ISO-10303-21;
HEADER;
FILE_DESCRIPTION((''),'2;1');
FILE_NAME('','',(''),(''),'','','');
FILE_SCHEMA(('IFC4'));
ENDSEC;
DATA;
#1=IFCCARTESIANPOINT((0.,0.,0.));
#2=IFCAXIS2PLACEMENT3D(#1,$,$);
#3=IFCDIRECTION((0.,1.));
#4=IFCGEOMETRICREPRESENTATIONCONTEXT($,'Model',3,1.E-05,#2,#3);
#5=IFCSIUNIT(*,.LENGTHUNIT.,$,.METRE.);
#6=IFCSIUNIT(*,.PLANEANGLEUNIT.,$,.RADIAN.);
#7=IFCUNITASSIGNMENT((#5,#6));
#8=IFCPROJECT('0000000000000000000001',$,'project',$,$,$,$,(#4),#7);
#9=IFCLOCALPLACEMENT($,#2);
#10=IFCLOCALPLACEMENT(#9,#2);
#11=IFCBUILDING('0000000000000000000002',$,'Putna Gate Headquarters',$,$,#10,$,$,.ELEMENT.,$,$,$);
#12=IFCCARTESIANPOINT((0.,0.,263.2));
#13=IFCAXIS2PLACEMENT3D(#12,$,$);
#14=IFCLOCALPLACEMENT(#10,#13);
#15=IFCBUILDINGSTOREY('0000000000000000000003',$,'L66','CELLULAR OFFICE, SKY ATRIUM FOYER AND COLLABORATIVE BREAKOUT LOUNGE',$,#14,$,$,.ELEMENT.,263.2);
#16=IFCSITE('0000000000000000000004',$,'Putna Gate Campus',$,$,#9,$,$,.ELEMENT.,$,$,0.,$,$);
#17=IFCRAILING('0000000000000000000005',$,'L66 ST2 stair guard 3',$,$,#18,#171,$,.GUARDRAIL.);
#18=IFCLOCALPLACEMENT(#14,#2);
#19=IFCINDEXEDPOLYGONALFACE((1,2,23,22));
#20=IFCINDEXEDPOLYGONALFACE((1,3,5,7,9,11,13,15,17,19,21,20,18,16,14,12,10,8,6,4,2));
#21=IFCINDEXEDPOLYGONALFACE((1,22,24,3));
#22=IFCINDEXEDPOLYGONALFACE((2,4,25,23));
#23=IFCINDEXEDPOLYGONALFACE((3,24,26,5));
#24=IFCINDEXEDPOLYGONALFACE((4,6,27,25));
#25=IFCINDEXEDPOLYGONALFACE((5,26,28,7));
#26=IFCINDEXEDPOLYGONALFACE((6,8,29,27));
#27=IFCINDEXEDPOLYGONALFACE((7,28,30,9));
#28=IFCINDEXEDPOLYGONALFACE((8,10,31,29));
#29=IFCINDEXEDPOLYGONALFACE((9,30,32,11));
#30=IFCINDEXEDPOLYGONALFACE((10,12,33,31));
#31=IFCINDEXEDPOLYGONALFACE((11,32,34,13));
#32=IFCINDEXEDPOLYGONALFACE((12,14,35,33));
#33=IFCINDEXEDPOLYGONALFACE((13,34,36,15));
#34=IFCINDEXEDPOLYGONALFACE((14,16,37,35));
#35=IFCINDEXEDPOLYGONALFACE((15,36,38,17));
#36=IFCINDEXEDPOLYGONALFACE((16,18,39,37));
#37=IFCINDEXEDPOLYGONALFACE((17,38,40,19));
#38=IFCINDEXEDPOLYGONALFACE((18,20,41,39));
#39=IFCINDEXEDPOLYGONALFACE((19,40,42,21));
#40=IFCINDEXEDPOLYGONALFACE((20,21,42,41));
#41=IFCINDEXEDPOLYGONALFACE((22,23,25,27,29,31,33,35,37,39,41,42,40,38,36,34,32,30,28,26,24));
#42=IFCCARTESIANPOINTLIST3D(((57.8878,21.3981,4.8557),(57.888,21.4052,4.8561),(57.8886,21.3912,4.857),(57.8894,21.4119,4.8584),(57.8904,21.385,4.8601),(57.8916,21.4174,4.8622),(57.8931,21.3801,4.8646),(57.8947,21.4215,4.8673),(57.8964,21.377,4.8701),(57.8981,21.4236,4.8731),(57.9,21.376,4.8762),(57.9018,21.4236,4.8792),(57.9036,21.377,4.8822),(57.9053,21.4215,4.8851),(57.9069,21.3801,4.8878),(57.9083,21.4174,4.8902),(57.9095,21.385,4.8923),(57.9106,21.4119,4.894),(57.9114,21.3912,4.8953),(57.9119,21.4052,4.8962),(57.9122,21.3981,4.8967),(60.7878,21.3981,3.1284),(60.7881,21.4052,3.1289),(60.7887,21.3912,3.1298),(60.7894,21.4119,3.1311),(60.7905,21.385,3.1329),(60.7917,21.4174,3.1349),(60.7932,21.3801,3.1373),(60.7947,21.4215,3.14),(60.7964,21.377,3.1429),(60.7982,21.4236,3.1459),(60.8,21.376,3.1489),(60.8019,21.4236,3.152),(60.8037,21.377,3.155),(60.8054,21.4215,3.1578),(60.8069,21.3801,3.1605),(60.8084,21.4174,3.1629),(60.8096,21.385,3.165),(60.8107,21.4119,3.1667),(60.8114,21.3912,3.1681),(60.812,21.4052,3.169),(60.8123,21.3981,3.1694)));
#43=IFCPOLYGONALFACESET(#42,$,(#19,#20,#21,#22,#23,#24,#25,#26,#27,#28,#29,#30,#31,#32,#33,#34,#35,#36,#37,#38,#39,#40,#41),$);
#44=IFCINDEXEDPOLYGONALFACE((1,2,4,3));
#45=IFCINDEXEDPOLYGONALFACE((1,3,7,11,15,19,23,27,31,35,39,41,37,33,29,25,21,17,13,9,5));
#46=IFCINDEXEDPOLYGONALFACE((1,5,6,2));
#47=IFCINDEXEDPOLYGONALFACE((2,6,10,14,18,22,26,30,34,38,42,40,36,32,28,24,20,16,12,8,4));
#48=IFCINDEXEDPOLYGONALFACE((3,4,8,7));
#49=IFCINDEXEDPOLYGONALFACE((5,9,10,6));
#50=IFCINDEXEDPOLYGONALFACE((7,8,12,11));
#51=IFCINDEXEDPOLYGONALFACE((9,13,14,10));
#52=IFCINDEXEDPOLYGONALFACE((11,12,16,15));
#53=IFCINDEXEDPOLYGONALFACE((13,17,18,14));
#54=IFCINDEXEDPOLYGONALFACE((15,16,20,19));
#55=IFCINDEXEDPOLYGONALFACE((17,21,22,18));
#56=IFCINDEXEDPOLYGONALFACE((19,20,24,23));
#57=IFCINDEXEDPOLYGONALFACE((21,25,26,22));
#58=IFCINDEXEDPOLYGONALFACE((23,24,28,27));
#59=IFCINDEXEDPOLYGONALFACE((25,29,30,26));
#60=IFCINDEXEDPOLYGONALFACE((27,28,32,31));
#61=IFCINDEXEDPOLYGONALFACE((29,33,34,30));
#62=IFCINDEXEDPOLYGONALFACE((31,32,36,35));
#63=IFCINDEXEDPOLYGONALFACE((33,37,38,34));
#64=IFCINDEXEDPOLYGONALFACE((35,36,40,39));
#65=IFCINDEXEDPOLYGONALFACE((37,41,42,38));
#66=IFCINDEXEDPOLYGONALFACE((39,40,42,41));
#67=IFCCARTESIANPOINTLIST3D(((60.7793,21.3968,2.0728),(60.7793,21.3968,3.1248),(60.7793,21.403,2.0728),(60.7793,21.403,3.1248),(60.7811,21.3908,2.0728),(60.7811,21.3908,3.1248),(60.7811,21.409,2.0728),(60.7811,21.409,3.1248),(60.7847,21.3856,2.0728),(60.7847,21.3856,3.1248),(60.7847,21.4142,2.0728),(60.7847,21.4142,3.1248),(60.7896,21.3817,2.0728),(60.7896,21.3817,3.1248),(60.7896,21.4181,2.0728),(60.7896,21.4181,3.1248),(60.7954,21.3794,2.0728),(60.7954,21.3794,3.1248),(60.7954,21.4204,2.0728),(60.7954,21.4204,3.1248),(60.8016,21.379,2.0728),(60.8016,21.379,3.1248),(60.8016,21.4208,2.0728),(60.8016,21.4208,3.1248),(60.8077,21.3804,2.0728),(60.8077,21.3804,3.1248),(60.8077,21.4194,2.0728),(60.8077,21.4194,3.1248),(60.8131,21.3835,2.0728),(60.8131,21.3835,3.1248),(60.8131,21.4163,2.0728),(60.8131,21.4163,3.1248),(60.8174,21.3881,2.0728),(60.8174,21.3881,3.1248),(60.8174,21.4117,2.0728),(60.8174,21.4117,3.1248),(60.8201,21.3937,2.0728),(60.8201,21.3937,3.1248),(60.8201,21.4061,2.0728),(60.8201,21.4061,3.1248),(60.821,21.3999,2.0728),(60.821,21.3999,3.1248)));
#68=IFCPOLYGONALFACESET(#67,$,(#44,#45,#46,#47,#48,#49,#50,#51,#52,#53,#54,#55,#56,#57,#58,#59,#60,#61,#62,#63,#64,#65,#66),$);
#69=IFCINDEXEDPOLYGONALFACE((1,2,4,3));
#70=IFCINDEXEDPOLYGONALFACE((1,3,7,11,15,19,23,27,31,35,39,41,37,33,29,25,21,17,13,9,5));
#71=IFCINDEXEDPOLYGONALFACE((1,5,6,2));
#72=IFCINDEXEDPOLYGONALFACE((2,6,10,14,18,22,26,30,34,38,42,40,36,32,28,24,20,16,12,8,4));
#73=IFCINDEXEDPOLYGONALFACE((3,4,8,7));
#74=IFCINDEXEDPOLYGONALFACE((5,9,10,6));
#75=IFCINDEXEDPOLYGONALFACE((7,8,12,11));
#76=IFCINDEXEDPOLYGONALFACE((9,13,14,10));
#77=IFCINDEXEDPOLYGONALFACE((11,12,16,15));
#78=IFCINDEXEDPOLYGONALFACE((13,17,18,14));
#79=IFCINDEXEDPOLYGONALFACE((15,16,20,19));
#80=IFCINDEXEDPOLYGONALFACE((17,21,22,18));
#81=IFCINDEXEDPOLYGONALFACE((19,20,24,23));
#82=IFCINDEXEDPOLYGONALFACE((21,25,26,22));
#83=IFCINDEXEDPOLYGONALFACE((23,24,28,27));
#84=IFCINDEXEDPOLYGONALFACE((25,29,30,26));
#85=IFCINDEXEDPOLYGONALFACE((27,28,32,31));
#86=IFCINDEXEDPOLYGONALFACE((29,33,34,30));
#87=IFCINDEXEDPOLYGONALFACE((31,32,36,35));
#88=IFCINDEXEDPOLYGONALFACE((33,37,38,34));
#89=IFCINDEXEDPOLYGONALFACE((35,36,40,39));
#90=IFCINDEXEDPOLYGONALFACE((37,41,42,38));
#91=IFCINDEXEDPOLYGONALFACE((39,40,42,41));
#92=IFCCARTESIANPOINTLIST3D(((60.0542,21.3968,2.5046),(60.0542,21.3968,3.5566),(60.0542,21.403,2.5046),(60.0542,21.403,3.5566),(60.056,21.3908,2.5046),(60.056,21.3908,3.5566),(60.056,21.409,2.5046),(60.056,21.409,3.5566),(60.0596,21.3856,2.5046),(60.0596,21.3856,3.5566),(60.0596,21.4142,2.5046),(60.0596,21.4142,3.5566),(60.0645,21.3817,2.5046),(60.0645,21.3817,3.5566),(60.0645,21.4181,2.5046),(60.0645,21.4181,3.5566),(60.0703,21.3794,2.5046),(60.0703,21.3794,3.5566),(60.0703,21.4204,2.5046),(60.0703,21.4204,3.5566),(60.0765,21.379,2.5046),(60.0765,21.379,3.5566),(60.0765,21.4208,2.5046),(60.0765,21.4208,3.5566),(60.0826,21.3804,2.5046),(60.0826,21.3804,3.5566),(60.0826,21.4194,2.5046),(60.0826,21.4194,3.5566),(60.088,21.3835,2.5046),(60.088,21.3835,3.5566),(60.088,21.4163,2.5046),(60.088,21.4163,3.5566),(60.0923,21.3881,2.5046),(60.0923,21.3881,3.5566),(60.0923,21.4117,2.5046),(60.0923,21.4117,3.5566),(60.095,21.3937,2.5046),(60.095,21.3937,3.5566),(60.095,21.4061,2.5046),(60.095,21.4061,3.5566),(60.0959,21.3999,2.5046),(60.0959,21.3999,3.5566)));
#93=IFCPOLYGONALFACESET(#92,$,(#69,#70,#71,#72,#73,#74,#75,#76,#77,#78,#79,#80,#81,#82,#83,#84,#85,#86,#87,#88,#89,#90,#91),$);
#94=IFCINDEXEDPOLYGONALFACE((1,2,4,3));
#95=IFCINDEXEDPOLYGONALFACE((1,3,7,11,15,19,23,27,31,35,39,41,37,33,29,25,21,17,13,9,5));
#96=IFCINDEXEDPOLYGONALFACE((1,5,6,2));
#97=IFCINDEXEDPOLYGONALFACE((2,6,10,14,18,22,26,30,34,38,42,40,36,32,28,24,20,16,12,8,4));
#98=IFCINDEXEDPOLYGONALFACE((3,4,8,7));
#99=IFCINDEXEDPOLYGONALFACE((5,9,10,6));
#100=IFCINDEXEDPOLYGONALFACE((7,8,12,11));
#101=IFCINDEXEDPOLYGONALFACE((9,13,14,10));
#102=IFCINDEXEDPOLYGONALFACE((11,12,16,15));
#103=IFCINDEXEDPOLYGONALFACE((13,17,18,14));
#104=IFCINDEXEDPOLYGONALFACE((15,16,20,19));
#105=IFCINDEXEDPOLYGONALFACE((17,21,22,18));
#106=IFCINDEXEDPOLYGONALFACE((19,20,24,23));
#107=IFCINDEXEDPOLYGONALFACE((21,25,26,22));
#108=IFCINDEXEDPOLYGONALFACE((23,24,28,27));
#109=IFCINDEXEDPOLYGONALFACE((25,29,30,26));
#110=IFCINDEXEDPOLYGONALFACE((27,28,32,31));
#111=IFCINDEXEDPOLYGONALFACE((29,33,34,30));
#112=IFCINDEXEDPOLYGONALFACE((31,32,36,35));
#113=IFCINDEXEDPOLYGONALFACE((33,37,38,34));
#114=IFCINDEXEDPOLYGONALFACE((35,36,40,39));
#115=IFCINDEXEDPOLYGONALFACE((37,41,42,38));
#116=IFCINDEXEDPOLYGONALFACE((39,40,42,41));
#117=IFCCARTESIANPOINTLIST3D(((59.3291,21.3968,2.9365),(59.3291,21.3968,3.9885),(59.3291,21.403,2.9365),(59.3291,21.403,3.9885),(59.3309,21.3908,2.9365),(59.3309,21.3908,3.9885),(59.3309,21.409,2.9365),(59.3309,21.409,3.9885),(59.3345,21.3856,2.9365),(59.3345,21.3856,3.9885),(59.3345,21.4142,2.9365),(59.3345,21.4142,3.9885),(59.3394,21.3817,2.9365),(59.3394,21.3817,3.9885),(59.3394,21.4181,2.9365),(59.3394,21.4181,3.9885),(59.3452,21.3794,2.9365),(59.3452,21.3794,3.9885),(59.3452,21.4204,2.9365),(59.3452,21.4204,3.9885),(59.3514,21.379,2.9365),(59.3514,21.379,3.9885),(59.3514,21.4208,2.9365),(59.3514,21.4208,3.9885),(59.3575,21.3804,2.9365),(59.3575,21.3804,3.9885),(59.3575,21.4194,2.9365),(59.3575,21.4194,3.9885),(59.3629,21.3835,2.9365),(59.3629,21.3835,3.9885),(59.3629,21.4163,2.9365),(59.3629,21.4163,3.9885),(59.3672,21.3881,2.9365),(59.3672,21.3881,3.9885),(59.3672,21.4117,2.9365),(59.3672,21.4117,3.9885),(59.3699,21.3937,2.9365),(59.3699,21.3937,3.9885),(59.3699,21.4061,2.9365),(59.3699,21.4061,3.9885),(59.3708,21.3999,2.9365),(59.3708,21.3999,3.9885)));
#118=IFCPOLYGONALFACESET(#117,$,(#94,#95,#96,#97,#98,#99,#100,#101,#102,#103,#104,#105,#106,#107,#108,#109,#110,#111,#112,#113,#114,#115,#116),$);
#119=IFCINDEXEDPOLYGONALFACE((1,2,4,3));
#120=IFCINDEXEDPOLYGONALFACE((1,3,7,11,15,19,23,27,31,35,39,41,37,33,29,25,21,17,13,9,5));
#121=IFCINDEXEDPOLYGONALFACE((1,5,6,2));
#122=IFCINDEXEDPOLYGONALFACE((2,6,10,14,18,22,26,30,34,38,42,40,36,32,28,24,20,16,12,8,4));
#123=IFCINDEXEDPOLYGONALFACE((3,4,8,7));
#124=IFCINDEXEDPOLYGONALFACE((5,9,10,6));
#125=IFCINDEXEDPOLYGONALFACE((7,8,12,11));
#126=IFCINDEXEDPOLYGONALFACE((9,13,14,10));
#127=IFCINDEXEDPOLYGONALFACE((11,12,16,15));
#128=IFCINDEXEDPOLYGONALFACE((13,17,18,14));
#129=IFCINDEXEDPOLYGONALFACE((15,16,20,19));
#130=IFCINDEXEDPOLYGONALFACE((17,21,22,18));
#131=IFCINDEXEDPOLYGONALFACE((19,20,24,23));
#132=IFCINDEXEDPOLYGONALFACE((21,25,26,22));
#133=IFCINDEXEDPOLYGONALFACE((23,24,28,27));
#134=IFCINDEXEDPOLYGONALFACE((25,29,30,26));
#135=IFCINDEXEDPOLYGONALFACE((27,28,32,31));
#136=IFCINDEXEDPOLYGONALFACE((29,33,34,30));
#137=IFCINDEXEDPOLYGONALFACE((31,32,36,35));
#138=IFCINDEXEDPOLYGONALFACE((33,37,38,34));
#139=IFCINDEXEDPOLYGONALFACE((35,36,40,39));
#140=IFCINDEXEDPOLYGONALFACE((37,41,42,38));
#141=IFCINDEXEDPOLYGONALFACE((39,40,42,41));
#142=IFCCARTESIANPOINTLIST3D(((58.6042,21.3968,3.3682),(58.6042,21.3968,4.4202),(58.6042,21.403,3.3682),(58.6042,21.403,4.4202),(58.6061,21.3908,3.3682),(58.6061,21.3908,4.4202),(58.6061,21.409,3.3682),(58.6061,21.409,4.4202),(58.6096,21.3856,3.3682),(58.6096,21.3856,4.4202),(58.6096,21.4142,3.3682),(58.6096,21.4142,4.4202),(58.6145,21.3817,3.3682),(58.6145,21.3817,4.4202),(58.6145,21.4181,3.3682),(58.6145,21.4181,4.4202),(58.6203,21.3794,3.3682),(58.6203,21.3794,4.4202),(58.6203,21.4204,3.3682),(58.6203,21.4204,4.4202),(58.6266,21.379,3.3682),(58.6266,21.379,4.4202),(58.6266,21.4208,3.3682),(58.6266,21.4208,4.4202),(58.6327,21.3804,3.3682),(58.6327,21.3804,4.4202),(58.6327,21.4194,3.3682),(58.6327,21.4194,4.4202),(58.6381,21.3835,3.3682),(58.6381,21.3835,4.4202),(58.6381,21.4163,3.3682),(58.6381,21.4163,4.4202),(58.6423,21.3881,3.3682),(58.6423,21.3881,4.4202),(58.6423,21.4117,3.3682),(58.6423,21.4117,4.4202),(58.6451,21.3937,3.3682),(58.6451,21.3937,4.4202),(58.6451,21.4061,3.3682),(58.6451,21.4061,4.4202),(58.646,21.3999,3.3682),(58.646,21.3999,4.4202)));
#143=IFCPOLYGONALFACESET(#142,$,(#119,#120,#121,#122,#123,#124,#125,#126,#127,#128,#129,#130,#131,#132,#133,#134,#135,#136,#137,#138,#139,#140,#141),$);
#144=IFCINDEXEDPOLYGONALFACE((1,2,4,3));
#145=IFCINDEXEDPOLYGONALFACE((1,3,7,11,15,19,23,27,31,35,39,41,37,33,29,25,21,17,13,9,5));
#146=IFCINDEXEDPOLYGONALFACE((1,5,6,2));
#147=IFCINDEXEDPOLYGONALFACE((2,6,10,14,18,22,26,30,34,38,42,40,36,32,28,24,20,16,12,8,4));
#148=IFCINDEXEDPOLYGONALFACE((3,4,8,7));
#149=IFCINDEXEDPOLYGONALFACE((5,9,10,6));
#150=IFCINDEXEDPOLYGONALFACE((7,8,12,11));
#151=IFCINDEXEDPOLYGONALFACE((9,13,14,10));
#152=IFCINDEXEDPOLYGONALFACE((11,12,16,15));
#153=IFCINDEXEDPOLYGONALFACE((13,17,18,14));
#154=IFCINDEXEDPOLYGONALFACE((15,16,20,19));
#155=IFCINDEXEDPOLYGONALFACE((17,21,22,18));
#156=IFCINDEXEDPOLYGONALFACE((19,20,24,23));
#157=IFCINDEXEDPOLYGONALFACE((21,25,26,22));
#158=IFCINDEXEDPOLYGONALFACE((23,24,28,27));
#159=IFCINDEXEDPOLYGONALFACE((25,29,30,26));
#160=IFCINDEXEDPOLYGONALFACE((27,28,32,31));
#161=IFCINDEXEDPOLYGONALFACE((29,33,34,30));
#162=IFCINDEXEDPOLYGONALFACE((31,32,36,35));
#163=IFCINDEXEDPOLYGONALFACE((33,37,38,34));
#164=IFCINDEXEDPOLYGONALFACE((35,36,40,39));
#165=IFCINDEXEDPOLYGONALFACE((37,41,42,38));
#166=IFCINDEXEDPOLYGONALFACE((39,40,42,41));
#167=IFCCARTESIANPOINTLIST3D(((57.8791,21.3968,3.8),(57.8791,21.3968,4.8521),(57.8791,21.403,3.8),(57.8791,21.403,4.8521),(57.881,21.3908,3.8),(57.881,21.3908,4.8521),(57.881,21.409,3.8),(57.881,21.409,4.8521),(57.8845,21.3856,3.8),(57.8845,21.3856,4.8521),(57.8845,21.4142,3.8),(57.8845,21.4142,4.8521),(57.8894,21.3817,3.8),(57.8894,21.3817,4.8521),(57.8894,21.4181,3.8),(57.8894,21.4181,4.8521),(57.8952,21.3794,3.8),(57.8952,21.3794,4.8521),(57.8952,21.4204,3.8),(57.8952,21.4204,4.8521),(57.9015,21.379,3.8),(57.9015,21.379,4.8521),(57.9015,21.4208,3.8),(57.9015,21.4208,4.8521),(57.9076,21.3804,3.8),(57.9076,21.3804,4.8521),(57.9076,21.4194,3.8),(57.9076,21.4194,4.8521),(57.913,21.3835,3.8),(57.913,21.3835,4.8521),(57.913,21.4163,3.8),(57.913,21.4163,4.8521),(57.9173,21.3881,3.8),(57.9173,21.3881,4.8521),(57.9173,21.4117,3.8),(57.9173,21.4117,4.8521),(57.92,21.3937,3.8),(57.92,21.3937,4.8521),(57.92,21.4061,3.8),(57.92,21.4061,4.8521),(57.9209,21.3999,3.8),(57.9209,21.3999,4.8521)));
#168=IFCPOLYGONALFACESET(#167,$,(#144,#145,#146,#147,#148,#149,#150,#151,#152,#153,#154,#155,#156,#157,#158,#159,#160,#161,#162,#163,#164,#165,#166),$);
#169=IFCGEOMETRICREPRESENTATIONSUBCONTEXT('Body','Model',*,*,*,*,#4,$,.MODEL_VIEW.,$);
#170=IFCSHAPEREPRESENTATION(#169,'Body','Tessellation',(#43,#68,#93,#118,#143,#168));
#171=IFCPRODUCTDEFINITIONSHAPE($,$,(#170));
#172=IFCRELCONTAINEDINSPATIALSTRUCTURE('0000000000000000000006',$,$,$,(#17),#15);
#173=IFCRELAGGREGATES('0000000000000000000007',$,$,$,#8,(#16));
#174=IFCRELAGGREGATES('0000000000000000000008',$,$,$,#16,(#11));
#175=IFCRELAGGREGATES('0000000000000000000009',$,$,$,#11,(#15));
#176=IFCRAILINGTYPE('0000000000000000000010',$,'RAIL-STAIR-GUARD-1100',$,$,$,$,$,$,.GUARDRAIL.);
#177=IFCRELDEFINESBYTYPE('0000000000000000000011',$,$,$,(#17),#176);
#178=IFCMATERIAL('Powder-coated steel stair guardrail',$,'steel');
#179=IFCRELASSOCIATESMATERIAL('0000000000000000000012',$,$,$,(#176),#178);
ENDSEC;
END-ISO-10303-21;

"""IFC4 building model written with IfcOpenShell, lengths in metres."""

from ifc_helpers import new_model, si_unit, direction, frame, origin, origin_2d, place, context, subcontext, project, spatial, circle, extrude, material, type_object, element, save


model = new_model("IFC4")

# Units and contexts
model_context = context("Model", 3, precision=1e-05, world=origin(), true_north=direction((0.0, 1.0)))
body_context = subcontext(model_context, "Body", "Model", "MODEL_VIEW")
ifc_project = project(units=[si_unit("LENGTHUNIT", "METRE"), si_unit("PLANEANGLEUNIT", "RADIAN")], contexts=[model_context])

# Site, building, storey
site_placement = place(None, origin())
site = spatial("IfcSite", under=ifc_project, at=site_placement, Name="Putna Gate Campus", CompositionType="ELEMENT", RefElevation=0.0)
building_placement = place(site_placement, origin())
building = spatial("IfcBuilding", under=site, at=building_placement, Name="Putna Gate Headquarters", CompositionType="ELEMENT")
storey_placement = place(building_placement, frame((0.0, 0.0, 263.2)))
storey = spatial("IfcBuildingStorey", under=building, at=storey_placement, Name="L66", Description="CELLULAR OFFICE, SKY ATRIUM FOYER AND COLLABORATIVE BREAKOUT LOUNGE", CompositionType="ELEMENT", Elevation=263.2)

# Railing
ifc_material_1 = material(Name="Powder-coated steel stair guardrail", Category="steel")
railing_type_1 = type_object("IfcRailingType", Name="RAIL-STAIR-GUARD-1100", PredefinedType="GUARDRAIL", material=ifc_material_1)
railing_1_placement = place(storey_placement, frame((60.8, 21.3999, 2.0728)))
element("IfcRailing", 1, at=railing_1_placement, inside=storey, type_object=railing_type_1, Name="L66 ST2 stair guard 3", PredefinedType="GUARDRAIL", context=body_context, shape_type="SweptSolid", body=[
    extrude(circle(Radius=0.0239, at=origin_2d()), frame((0.0, 0.0, 1.0762), z_axis=(-0.85916, 0.0, 0.511706), x_axis=(0.0, -1.0, 0.0)), (0.0, 0.0, 1.0), 3.3755),
    extrude(circle(Radius=0.021, at=origin_2d()), origin(), (0.0, 0.0, 1.0), 1.052),
    extrude(circle(Radius=0.021, at=origin_2d()), frame((-0.7251, 0.0, 0.4319)), (0.0, 0.0, 1.0), 1.052),
    extrude(circle(Radius=0.021, at=origin_2d()), frame((-1.4502, 0.0, 0.8638)), (0.0, 0.0, 1.0), 1.052),
    extrude(circle(Radius=0.021, at=origin_2d()), frame((-2.175, 0.0, 1.2954)), (0.0, 0.0, 1.0), 1.052),
    extrude(circle(Radius=0.021, at=origin_2d()), frame((-2.9001, 0.0, 1.7273)), (0.0, 0.0, 1.0), 1.052),
])

save(model, "model.ifc")
